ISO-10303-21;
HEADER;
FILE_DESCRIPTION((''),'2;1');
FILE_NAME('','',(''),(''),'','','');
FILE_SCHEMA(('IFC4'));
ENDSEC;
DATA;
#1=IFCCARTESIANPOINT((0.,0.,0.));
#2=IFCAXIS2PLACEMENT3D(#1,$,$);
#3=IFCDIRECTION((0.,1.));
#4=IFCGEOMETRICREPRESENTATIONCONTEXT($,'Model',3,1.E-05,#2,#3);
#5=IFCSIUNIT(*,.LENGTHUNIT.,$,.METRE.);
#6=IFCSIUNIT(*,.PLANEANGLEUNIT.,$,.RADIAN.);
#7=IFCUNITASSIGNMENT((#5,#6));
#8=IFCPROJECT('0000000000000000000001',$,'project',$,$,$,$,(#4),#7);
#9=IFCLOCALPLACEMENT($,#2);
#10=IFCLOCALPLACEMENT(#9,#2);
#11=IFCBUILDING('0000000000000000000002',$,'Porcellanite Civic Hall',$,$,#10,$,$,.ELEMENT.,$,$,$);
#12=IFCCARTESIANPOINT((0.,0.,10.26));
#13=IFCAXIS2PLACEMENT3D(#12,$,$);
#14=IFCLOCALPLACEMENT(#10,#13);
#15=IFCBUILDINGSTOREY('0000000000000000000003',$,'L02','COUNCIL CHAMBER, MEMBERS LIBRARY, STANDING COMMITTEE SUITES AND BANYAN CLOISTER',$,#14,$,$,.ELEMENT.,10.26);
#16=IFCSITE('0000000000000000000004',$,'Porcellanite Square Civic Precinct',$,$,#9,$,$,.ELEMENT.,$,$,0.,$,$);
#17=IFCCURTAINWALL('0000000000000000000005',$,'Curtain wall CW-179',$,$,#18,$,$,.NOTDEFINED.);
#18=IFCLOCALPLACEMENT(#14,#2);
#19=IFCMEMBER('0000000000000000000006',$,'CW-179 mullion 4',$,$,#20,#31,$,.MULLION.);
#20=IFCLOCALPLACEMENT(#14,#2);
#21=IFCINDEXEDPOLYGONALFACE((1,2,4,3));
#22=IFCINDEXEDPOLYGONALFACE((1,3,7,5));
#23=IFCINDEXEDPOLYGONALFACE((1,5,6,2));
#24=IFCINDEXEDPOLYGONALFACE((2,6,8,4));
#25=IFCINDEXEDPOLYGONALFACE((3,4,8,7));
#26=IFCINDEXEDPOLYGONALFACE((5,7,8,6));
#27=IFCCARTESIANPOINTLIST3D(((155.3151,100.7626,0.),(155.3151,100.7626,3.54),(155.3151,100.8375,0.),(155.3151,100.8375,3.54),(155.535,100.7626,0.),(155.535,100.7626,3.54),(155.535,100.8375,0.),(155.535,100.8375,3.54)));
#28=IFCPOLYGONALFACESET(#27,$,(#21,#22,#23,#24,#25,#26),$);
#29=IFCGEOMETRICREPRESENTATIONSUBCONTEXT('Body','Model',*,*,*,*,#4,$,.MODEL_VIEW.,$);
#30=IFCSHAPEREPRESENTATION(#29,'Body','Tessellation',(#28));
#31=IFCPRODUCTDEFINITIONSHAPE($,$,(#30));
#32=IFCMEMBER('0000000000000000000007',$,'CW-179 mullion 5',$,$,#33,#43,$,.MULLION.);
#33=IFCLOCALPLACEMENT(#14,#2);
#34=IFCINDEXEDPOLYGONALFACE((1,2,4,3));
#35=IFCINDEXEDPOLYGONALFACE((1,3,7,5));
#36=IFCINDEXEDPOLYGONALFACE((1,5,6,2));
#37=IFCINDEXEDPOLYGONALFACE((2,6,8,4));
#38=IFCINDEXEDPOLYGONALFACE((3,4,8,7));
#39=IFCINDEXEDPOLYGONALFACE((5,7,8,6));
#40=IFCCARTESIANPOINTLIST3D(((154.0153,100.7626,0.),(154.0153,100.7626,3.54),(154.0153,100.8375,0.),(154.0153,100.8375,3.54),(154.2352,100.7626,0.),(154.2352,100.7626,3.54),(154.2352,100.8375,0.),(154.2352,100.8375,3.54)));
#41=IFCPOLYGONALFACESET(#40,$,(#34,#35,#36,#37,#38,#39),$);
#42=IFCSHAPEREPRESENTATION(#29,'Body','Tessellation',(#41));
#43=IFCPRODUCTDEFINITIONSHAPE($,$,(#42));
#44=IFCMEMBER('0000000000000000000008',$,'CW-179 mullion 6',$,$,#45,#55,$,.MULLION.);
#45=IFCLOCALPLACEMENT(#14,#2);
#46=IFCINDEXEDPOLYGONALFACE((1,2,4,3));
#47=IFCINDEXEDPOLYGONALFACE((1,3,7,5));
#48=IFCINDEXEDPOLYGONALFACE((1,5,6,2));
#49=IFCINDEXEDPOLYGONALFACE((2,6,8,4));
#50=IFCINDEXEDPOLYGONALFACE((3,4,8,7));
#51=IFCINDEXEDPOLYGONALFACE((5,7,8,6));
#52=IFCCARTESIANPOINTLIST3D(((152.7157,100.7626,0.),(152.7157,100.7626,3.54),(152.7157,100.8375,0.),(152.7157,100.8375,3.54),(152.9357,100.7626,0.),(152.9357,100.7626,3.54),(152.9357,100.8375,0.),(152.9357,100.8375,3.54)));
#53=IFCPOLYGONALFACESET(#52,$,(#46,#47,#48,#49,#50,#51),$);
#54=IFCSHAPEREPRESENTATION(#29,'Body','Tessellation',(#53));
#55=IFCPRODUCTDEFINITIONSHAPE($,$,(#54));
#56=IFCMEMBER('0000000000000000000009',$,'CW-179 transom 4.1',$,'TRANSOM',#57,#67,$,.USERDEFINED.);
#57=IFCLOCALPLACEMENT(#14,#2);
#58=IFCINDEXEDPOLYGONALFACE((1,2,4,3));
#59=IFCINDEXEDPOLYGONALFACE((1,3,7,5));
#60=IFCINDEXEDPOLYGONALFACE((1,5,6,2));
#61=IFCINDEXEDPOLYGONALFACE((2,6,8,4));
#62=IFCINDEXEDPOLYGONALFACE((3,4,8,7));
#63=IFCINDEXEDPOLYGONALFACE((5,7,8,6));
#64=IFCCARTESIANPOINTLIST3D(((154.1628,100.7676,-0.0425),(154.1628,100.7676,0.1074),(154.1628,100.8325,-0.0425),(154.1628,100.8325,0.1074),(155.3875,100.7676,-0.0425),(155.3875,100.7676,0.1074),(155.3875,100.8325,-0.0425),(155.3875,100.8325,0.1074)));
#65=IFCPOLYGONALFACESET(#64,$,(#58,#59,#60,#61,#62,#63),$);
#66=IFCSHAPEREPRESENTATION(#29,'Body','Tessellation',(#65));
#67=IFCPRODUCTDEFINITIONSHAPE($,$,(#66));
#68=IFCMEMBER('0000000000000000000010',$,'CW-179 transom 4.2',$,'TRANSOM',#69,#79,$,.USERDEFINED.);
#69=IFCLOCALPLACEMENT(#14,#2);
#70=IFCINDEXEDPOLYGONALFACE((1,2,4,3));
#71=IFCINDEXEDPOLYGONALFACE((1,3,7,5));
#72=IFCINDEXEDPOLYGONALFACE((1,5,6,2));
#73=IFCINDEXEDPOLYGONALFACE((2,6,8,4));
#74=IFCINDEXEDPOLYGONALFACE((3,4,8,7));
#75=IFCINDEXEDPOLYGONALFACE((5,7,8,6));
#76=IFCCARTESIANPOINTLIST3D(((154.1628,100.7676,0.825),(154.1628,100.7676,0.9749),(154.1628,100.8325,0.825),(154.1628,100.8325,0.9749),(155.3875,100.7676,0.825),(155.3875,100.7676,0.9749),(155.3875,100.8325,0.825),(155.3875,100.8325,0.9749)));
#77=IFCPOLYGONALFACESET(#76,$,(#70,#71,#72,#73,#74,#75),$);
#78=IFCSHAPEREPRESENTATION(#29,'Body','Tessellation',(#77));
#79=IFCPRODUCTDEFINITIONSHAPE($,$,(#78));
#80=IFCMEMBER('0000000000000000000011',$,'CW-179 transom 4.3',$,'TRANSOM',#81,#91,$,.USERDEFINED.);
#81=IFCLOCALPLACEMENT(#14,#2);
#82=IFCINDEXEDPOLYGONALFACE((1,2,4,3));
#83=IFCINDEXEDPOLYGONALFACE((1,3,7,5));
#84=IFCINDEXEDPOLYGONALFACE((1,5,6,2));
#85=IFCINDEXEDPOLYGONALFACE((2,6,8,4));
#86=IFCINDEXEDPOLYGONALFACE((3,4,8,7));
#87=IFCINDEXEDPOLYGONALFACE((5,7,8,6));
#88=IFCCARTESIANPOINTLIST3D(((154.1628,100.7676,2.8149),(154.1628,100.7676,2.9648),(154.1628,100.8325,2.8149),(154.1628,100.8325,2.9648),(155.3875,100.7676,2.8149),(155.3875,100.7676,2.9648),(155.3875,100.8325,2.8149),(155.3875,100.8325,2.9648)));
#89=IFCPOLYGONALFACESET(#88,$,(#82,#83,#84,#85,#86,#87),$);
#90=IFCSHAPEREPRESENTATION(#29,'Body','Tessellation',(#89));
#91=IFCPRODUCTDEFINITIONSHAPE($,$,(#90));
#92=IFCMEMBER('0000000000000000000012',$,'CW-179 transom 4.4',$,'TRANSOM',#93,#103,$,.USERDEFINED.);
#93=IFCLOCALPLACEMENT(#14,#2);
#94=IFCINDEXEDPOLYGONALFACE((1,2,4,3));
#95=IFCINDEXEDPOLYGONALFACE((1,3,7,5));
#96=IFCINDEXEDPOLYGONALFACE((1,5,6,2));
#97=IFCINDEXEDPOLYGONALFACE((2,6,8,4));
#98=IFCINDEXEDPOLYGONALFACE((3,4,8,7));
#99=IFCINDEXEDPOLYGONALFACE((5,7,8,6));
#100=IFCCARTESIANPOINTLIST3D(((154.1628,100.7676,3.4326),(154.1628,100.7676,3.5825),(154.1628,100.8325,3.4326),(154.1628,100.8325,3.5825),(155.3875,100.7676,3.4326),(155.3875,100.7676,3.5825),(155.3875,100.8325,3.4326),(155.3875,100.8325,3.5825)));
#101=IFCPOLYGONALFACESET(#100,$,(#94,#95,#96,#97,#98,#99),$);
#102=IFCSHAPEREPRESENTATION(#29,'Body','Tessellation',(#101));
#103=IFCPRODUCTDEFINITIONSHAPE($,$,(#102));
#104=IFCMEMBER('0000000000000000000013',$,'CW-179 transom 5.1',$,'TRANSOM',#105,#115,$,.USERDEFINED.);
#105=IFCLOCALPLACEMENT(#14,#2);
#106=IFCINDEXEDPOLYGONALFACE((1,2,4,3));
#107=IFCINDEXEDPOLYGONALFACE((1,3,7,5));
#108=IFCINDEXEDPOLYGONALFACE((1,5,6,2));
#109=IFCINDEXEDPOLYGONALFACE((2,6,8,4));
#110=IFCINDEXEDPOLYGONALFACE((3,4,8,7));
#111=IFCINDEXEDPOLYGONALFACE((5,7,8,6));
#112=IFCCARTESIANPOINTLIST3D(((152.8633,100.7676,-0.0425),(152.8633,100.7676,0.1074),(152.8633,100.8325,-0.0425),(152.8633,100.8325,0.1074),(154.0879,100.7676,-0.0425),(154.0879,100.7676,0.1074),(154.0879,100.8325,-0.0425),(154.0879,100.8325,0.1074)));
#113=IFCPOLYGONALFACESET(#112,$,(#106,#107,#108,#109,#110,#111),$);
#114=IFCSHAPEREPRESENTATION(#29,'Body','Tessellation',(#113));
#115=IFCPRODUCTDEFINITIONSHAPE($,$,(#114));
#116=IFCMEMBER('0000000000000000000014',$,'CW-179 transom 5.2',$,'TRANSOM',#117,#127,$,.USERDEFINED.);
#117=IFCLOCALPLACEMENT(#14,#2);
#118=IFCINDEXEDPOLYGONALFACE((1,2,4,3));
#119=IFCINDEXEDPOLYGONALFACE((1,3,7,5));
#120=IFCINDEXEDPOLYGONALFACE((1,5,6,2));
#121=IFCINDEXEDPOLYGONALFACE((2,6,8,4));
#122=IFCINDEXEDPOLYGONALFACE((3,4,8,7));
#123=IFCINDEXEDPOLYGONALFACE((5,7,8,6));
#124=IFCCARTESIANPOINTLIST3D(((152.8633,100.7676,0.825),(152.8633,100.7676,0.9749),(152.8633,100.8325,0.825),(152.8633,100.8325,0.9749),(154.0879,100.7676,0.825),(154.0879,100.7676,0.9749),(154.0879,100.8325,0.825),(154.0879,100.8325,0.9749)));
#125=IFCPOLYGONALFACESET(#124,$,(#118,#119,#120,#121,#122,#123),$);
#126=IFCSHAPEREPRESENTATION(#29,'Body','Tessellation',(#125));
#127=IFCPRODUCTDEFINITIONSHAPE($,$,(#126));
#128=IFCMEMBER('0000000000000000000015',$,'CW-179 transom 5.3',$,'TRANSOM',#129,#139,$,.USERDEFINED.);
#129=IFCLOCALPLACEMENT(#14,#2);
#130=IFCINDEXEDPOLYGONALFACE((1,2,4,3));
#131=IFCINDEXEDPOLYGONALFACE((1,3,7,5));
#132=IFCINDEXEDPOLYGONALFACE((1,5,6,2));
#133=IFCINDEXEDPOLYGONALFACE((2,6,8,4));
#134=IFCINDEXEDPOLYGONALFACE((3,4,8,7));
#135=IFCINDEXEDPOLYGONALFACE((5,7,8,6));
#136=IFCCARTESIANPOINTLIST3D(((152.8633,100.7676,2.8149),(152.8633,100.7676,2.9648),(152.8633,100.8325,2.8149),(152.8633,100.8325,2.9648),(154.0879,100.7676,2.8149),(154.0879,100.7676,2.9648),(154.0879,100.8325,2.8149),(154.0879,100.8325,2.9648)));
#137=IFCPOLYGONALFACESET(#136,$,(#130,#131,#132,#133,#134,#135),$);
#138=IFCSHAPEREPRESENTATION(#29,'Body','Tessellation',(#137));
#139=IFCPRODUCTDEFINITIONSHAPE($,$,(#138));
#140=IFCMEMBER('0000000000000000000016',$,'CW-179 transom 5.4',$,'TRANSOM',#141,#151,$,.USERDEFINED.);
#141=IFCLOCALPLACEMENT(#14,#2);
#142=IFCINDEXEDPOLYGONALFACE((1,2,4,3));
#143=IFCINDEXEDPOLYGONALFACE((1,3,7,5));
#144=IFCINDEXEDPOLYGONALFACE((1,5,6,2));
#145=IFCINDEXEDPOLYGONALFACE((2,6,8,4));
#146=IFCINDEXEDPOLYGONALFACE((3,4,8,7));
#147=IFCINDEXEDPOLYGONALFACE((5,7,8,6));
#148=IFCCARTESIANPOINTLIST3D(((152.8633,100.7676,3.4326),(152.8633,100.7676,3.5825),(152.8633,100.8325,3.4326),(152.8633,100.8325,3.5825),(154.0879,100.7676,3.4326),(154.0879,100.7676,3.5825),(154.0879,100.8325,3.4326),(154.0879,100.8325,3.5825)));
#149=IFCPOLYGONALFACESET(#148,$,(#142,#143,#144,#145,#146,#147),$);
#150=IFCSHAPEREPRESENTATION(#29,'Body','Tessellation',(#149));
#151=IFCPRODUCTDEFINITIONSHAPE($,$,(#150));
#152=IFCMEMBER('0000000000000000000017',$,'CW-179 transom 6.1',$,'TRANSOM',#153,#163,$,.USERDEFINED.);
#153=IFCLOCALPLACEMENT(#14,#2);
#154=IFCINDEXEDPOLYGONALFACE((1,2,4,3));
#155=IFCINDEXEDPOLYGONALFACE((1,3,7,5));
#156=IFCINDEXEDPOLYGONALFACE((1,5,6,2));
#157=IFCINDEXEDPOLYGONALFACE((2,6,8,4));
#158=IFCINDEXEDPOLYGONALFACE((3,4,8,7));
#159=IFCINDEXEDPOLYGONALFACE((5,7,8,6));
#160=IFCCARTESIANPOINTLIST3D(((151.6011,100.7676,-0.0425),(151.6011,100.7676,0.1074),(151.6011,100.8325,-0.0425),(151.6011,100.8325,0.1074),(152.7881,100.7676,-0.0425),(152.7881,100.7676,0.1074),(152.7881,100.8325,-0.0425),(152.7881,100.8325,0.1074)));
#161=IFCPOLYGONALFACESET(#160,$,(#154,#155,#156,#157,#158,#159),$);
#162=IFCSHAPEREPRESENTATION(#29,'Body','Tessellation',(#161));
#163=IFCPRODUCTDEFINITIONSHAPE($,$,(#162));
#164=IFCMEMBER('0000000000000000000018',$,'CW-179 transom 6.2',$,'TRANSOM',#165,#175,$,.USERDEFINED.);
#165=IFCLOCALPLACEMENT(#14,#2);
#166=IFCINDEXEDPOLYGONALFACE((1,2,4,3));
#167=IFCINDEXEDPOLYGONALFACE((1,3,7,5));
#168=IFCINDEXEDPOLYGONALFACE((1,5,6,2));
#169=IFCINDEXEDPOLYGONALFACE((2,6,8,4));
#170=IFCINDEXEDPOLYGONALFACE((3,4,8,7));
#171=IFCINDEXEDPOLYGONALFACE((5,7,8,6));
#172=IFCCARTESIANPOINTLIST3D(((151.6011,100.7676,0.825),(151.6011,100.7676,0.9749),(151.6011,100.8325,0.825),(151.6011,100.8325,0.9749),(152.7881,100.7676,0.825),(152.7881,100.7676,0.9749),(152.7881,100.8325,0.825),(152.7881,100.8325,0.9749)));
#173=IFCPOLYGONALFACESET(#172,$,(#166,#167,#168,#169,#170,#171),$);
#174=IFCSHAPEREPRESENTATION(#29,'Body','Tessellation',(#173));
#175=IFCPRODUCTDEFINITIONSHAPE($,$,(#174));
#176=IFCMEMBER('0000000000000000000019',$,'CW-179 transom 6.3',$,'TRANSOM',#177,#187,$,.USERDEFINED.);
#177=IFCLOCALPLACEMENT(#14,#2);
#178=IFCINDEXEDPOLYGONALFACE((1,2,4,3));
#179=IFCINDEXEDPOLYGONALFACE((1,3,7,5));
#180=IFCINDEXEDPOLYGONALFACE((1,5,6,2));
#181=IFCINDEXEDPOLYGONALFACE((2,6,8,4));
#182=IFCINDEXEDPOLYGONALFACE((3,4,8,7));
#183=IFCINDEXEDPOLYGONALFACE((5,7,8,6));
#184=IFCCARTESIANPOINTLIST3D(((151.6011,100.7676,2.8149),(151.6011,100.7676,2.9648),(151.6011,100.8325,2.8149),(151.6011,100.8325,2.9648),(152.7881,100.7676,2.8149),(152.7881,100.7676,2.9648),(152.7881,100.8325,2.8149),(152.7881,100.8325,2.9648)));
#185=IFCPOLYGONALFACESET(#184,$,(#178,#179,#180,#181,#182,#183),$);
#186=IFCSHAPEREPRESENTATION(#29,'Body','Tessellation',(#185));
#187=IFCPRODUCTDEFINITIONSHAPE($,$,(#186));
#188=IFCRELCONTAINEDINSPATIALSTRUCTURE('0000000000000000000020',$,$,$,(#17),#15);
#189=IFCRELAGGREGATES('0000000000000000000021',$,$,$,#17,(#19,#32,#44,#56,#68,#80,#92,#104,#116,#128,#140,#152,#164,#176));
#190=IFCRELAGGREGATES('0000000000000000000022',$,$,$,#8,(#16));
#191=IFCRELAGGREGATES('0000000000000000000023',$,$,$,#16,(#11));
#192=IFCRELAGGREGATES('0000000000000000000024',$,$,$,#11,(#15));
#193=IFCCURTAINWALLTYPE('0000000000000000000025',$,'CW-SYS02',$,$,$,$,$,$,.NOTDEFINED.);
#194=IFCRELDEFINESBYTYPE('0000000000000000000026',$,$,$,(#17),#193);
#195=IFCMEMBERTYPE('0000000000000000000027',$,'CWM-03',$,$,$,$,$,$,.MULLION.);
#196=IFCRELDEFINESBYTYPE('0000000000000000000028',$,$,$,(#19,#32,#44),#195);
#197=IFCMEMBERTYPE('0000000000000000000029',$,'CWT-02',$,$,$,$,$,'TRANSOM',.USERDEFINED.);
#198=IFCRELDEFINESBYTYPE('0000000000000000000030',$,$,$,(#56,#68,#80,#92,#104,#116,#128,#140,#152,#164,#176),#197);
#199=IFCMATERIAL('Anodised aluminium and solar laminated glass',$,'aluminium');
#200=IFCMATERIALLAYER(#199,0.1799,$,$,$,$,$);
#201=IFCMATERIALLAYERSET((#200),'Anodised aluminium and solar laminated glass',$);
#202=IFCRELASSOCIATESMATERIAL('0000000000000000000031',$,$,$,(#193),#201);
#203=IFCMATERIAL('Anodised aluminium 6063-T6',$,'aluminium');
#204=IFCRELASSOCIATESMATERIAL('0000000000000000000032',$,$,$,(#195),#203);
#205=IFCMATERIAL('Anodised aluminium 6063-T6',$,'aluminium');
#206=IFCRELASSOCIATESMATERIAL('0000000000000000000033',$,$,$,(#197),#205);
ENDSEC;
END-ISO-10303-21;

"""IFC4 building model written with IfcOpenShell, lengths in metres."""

from ifc_helpers import new_model, si_unit, direction, frame, origin, origin_2d, place, context, subcontext, project, spatial, rectangle, extrude, material, layer, layer_set, material_profile, profile_set, type_object, element, aggregate, save


model = new_model("IFC4")

# Units and contexts
model_context = context("Model", 3, precision=1e-05, world=origin(), true_north=direction((0.0, 1.0)))
body_context = subcontext(model_context, "Body", "Model", "MODEL_VIEW")
ifc_project = project(units=[si_unit("LENGTHUNIT", "METRE"), si_unit("PLANEANGLEUNIT", "RADIAN")], contexts=[model_context])

# Site, building, storey
site_placement = place(None, origin())
site = spatial("IfcSite", under=ifc_project, at=site_placement, Name="Porcellanite Square Civic Precinct", CompositionType="ELEMENT", RefElevation=0.0)
building_placement = place(site_placement, origin())
building = spatial("IfcBuilding", under=site, at=building_placement, Name="Porcellanite Civic Hall", CompositionType="ELEMENT")
storey_placement = place(building_placement, frame((0.0, 0.0, 10.26)))
storey = spatial("IfcBuildingStorey", under=building, at=storey_placement, Name="L02", Description="COUNCIL CHAMBER, MEMBERS LIBRARY, STANDING COMMITTEE SUITES AND BANYAN CLOISTER", CompositionType="ELEMENT", Elevation=10.26)

# Curtain wall, members
ifc_material_1 = material(Name="Anodised aluminium and solar laminated glass", Category="aluminium")
ifc_layer_1 = layer(ifc_material_1, 0.1799)
ifc_layer_set_1 = layer_set([ifc_layer_1], Name="Anodised aluminium and solar laminated glass")
curtain_wall_type = type_object("IfcCurtainWallType", Name="CW-SYS02", PredefinedType="NOTDEFINED", material=ifc_layer_set_1)
curtain_wall_placement = place(storey_placement, origin())
curtain_wall = element("IfcCurtainWall", 1, at=curtain_wall_placement, inside=storey, type_object=curtain_wall_type, Name="Curtain wall CW-179", PredefinedType="NOTDEFINED")
ifc_material_2 = material(Name="Anodised aluminium 6063-T6", Category="aluminium")
ifc_material_profile_1 = material_profile(ifc_material_2, rectangle(XDim=0.075, YDim=0.22, at=origin_2d()), Name="AL-75x220")
ifc_profile_set_1 = profile_set([ifc_material_profile_1], Name="Anodised aluminium 6063-T6")
member_type_1 = type_object("IfcMemberType", Name="CWM-03", PredefinedType="MULLION", material=ifc_profile_set_1)
member_1_placement = place(storey_placement, frame((155.425, 100.8, 0.0), z_axis=(0.0, 0.0, 1.0), x_axis=(0.0, -1.0, 0.0)))
member_1 = element("IfcMember", 2, at=member_1_placement, type_object=member_type_1, Name="CW-179 mullion 4", PredefinedType="MULLION", context=body_context, shape_type="SweptSolid", body=[
    extrude(rectangle(XDim=0.075, YDim=0.22, at=origin_2d()), origin(), (0.0, 0.0, 1.0), 3.54),
])
member_2_placement = place(storey_placement, frame((154.1252, 100.8, 0.0), z_axis=(0.0, 0.0, 1.0), x_axis=(0.0, -1.0, 0.0)))
member_2 = element("IfcMember", 3, at=member_2_placement, type_object=member_type_1, Name="CW-179 mullion 5", PredefinedType="MULLION", context=body_context, shape_type="SweptSolid", body=[
    extrude(rectangle(XDim=0.075, YDim=0.22, at=origin_2d()), origin(), (0.0, 0.0, 1.0), 3.54),
])
member_3_placement = place(storey_placement, frame((152.8257, 100.8, 0.0), z_axis=(0.0, 0.0, 1.0), x_axis=(0.0, -1.0, 0.0)))
member_3 = element("IfcMember", 4, at=member_3_placement, type_object=member_type_1, Name="CW-179 mullion 6", PredefinedType="MULLION", context=body_context, shape_type="SweptSolid", body=[
    extrude(rectangle(XDim=0.075, YDim=0.22, at=origin_2d()), origin(), (0.0, 0.0, 1.0), 3.54),
])
ifc_material_3 = material(Name="Anodised aluminium 6063-T6", Category="aluminium")
ifc_material_profile_2 = material_profile(ifc_material_3, rectangle(XDim=0.0649, YDim=0.1499, at=origin_2d()), Name="AL-65x150")
ifc_profile_set_2 = profile_set([ifc_material_profile_2], Name="Anodised aluminium 6063-T6")
member_type_2 = type_object("IfcMemberType", Name="CWT-02", ElementType="TRANSOM", PredefinedType="USERDEFINED", material=ifc_profile_set_2)
member_4_placement = place(storey_placement, frame((155.3875, 100.8, 0.0325), z_axis=(-1.0, 0.0, 0.0), x_axis=(0.0, -1.0, 0.0)))
member_4 = element("IfcMember", 5, at=member_4_placement, type_object=member_type_2, Name="CW-179 transom 4.1", ObjectType="TRANSOM", PredefinedType="USERDEFINED", context=body_context, shape_type="SweptSolid", body=[
    extrude(rectangle(XDim=0.0649, YDim=0.1499, at=origin_2d()), origin(), (0.0, 0.0, 1.0), 1.2246),
])
member_5_placement = place(storey_placement, frame((155.3875, 100.8, 0.8999), z_axis=(-1.0, 0.0, 0.0), x_axis=(0.0, -1.0, 0.0)))
member_5 = element("IfcMember", 6, at=member_5_placement, type_object=member_type_2, Name="CW-179 transom 4.2", ObjectType="TRANSOM", PredefinedType="USERDEFINED", context=body_context, shape_type="SweptSolid", body=[
    extrude(rectangle(XDim=0.0649, YDim=0.1499, at=origin_2d()), origin(), (0.0, 0.0, 1.0), 1.2246),
])
member_6_placement = place(storey_placement, frame((155.3875, 100.8, 2.8899), z_axis=(-1.0, 0.0, 0.0), x_axis=(0.0, -1.0, 0.0)))
member_6 = element("IfcMember", 7, at=member_6_placement, type_object=member_type_2, Name="CW-179 transom 4.3", ObjectType="TRANSOM", PredefinedType="USERDEFINED", context=body_context, shape_type="SweptSolid", body=[
    extrude(rectangle(XDim=0.0649, YDim=0.1499, at=origin_2d()), origin(), (0.0, 0.0, 1.0), 1.2246),
])
member_7_placement = place(storey_placement, frame((155.3875, 100.8, 3.5076), z_axis=(-1.0, 0.0, 0.0), x_axis=(0.0, -1.0, 0.0)))
member_7 = element("IfcMember", 8, at=member_7_placement, type_object=member_type_2, Name="CW-179 transom 4.4", ObjectType="TRANSOM", PredefinedType="USERDEFINED", context=body_context, shape_type="SweptSolid", body=[
    extrude(rectangle(XDim=0.0649, YDim=0.1499, at=origin_2d()), origin(), (0.0, 0.0, 1.0), 1.2246),
])
member_8_placement = place(storey_placement, frame((154.0879, 100.8, 0.0325), z_axis=(-1.0, 0.0, 0.0), x_axis=(0.0, -1.0, 0.0)))
member_8 = element("IfcMember", 9, at=member_8_placement, type_object=member_type_2, Name="CW-179 transom 5.1", ObjectType="TRANSOM", PredefinedType="USERDEFINED", context=body_context, shape_type="SweptSolid", body=[
    extrude(rectangle(XDim=0.0649, YDim=0.1499, at=origin_2d()), origin(), (0.0, 0.0, 1.0), 1.2246),
])
member_9_placement = place(storey_placement, frame((154.0879, 100.8, 0.8999), z_axis=(-1.0, 0.0, 0.0), x_axis=(0.0, -1.0, 0.0)))
member_9 = element("IfcMember", 10, at=member_9_placement, type_object=member_type_2, Name="CW-179 transom 5.2", ObjectType="TRANSOM", PredefinedType="USERDEFINED", context=body_context, shape_type="SweptSolid", body=[
    extrude(rectangle(XDim=0.0649, YDim=0.1499, at=origin_2d()), origin(), (0.0, 0.0, 1.0), 1.2246),
])
member_10_placement = place(storey_placement, frame((154.0879, 100.8, 2.8899), z_axis=(-1.0, 0.0, 0.0), x_axis=(0.0, -1.0, 0.0)))
member_10 = element("IfcMember", 11, at=member_10_placement, type_object=member_type_2, Name="CW-179 transom 5.3", ObjectType="TRANSOM", PredefinedType="USERDEFINED", context=body_context, shape_type="SweptSolid", body=[
    extrude(rectangle(XDim=0.0649, YDim=0.1499, at=origin_2d()), origin(), (0.0, 0.0, 1.0), 1.2246),
])
member_11_placement = place(storey_placement, frame((154.0879, 100.8, 3.5076), z_axis=(-1.0, 0.0, 0.0), x_axis=(0.0, -1.0, 0.0)))
member_11 = element("IfcMember", 12, at=member_11_placement, type_object=member_type_2, Name="CW-179 transom 5.4", ObjectType="TRANSOM", PredefinedType="USERDEFINED", context=body_context, shape_type="SweptSolid", body=[
    extrude(rectangle(XDim=0.0649, YDim=0.1499, at=origin_2d()), origin(), (0.0, 0.0, 1.0), 1.2246),
])
member_12_placement = place(storey_placement, frame((152.7881, 100.8, 0.0325), z_axis=(-1.0, 0.0, 0.0), x_axis=(0.0, -1.0, 0.0)))
member_12 = element("IfcMember", 13, at=member_12_placement, type_object=member_type_2, Name="CW-179 transom 6.1", ObjectType="TRANSOM", PredefinedType="USERDEFINED", context=body_context, shape_type="SweptSolid", body=[
    extrude(rectangle(XDim=0.0649, YDim=0.1499, at=origin_2d()), origin(), (0.0, 0.0, 1.0), 1.187),
])
member_13_placement = place(storey_placement, frame((152.7881, 100.8, 0.8999), z_axis=(-1.0, 0.0, 0.0), x_axis=(0.0, -1.0, 0.0)))
member_13 = element("IfcMember", 14, at=member_13_placement, type_object=member_type_2, Name="CW-179 transom 6.2", ObjectType="TRANSOM", PredefinedType="USERDEFINED", context=body_context, shape_type="SweptSolid", body=[
    extrude(rectangle(XDim=0.0649, YDim=0.1499, at=origin_2d()), origin(), (0.0, 0.0, 1.0), 1.187),
])
member_14_placement = place(storey_placement, frame((152.7881, 100.8, 2.8899), z_axis=(-1.0, 0.0, 0.0), x_axis=(0.0, -1.0, 0.0)))
member_14 = element("IfcMember", 15, at=member_14_placement, type_object=member_type_2, Name="CW-179 transom 6.3", ObjectType="TRANSOM", PredefinedType="USERDEFINED", context=body_context, shape_type="SweptSolid", body=[
    extrude(rectangle(XDim=0.0649, YDim=0.1499, at=origin_2d()), origin(), (0.0, 0.0, 1.0), 1.187),
])

aggregate(curtain_wall, [member_1, member_2, member_3, member_4, member_5, member_6, member_7, member_8, member_9, member_10, member_11, member_12, member_13, member_14])

save(model, "model.ifc")
